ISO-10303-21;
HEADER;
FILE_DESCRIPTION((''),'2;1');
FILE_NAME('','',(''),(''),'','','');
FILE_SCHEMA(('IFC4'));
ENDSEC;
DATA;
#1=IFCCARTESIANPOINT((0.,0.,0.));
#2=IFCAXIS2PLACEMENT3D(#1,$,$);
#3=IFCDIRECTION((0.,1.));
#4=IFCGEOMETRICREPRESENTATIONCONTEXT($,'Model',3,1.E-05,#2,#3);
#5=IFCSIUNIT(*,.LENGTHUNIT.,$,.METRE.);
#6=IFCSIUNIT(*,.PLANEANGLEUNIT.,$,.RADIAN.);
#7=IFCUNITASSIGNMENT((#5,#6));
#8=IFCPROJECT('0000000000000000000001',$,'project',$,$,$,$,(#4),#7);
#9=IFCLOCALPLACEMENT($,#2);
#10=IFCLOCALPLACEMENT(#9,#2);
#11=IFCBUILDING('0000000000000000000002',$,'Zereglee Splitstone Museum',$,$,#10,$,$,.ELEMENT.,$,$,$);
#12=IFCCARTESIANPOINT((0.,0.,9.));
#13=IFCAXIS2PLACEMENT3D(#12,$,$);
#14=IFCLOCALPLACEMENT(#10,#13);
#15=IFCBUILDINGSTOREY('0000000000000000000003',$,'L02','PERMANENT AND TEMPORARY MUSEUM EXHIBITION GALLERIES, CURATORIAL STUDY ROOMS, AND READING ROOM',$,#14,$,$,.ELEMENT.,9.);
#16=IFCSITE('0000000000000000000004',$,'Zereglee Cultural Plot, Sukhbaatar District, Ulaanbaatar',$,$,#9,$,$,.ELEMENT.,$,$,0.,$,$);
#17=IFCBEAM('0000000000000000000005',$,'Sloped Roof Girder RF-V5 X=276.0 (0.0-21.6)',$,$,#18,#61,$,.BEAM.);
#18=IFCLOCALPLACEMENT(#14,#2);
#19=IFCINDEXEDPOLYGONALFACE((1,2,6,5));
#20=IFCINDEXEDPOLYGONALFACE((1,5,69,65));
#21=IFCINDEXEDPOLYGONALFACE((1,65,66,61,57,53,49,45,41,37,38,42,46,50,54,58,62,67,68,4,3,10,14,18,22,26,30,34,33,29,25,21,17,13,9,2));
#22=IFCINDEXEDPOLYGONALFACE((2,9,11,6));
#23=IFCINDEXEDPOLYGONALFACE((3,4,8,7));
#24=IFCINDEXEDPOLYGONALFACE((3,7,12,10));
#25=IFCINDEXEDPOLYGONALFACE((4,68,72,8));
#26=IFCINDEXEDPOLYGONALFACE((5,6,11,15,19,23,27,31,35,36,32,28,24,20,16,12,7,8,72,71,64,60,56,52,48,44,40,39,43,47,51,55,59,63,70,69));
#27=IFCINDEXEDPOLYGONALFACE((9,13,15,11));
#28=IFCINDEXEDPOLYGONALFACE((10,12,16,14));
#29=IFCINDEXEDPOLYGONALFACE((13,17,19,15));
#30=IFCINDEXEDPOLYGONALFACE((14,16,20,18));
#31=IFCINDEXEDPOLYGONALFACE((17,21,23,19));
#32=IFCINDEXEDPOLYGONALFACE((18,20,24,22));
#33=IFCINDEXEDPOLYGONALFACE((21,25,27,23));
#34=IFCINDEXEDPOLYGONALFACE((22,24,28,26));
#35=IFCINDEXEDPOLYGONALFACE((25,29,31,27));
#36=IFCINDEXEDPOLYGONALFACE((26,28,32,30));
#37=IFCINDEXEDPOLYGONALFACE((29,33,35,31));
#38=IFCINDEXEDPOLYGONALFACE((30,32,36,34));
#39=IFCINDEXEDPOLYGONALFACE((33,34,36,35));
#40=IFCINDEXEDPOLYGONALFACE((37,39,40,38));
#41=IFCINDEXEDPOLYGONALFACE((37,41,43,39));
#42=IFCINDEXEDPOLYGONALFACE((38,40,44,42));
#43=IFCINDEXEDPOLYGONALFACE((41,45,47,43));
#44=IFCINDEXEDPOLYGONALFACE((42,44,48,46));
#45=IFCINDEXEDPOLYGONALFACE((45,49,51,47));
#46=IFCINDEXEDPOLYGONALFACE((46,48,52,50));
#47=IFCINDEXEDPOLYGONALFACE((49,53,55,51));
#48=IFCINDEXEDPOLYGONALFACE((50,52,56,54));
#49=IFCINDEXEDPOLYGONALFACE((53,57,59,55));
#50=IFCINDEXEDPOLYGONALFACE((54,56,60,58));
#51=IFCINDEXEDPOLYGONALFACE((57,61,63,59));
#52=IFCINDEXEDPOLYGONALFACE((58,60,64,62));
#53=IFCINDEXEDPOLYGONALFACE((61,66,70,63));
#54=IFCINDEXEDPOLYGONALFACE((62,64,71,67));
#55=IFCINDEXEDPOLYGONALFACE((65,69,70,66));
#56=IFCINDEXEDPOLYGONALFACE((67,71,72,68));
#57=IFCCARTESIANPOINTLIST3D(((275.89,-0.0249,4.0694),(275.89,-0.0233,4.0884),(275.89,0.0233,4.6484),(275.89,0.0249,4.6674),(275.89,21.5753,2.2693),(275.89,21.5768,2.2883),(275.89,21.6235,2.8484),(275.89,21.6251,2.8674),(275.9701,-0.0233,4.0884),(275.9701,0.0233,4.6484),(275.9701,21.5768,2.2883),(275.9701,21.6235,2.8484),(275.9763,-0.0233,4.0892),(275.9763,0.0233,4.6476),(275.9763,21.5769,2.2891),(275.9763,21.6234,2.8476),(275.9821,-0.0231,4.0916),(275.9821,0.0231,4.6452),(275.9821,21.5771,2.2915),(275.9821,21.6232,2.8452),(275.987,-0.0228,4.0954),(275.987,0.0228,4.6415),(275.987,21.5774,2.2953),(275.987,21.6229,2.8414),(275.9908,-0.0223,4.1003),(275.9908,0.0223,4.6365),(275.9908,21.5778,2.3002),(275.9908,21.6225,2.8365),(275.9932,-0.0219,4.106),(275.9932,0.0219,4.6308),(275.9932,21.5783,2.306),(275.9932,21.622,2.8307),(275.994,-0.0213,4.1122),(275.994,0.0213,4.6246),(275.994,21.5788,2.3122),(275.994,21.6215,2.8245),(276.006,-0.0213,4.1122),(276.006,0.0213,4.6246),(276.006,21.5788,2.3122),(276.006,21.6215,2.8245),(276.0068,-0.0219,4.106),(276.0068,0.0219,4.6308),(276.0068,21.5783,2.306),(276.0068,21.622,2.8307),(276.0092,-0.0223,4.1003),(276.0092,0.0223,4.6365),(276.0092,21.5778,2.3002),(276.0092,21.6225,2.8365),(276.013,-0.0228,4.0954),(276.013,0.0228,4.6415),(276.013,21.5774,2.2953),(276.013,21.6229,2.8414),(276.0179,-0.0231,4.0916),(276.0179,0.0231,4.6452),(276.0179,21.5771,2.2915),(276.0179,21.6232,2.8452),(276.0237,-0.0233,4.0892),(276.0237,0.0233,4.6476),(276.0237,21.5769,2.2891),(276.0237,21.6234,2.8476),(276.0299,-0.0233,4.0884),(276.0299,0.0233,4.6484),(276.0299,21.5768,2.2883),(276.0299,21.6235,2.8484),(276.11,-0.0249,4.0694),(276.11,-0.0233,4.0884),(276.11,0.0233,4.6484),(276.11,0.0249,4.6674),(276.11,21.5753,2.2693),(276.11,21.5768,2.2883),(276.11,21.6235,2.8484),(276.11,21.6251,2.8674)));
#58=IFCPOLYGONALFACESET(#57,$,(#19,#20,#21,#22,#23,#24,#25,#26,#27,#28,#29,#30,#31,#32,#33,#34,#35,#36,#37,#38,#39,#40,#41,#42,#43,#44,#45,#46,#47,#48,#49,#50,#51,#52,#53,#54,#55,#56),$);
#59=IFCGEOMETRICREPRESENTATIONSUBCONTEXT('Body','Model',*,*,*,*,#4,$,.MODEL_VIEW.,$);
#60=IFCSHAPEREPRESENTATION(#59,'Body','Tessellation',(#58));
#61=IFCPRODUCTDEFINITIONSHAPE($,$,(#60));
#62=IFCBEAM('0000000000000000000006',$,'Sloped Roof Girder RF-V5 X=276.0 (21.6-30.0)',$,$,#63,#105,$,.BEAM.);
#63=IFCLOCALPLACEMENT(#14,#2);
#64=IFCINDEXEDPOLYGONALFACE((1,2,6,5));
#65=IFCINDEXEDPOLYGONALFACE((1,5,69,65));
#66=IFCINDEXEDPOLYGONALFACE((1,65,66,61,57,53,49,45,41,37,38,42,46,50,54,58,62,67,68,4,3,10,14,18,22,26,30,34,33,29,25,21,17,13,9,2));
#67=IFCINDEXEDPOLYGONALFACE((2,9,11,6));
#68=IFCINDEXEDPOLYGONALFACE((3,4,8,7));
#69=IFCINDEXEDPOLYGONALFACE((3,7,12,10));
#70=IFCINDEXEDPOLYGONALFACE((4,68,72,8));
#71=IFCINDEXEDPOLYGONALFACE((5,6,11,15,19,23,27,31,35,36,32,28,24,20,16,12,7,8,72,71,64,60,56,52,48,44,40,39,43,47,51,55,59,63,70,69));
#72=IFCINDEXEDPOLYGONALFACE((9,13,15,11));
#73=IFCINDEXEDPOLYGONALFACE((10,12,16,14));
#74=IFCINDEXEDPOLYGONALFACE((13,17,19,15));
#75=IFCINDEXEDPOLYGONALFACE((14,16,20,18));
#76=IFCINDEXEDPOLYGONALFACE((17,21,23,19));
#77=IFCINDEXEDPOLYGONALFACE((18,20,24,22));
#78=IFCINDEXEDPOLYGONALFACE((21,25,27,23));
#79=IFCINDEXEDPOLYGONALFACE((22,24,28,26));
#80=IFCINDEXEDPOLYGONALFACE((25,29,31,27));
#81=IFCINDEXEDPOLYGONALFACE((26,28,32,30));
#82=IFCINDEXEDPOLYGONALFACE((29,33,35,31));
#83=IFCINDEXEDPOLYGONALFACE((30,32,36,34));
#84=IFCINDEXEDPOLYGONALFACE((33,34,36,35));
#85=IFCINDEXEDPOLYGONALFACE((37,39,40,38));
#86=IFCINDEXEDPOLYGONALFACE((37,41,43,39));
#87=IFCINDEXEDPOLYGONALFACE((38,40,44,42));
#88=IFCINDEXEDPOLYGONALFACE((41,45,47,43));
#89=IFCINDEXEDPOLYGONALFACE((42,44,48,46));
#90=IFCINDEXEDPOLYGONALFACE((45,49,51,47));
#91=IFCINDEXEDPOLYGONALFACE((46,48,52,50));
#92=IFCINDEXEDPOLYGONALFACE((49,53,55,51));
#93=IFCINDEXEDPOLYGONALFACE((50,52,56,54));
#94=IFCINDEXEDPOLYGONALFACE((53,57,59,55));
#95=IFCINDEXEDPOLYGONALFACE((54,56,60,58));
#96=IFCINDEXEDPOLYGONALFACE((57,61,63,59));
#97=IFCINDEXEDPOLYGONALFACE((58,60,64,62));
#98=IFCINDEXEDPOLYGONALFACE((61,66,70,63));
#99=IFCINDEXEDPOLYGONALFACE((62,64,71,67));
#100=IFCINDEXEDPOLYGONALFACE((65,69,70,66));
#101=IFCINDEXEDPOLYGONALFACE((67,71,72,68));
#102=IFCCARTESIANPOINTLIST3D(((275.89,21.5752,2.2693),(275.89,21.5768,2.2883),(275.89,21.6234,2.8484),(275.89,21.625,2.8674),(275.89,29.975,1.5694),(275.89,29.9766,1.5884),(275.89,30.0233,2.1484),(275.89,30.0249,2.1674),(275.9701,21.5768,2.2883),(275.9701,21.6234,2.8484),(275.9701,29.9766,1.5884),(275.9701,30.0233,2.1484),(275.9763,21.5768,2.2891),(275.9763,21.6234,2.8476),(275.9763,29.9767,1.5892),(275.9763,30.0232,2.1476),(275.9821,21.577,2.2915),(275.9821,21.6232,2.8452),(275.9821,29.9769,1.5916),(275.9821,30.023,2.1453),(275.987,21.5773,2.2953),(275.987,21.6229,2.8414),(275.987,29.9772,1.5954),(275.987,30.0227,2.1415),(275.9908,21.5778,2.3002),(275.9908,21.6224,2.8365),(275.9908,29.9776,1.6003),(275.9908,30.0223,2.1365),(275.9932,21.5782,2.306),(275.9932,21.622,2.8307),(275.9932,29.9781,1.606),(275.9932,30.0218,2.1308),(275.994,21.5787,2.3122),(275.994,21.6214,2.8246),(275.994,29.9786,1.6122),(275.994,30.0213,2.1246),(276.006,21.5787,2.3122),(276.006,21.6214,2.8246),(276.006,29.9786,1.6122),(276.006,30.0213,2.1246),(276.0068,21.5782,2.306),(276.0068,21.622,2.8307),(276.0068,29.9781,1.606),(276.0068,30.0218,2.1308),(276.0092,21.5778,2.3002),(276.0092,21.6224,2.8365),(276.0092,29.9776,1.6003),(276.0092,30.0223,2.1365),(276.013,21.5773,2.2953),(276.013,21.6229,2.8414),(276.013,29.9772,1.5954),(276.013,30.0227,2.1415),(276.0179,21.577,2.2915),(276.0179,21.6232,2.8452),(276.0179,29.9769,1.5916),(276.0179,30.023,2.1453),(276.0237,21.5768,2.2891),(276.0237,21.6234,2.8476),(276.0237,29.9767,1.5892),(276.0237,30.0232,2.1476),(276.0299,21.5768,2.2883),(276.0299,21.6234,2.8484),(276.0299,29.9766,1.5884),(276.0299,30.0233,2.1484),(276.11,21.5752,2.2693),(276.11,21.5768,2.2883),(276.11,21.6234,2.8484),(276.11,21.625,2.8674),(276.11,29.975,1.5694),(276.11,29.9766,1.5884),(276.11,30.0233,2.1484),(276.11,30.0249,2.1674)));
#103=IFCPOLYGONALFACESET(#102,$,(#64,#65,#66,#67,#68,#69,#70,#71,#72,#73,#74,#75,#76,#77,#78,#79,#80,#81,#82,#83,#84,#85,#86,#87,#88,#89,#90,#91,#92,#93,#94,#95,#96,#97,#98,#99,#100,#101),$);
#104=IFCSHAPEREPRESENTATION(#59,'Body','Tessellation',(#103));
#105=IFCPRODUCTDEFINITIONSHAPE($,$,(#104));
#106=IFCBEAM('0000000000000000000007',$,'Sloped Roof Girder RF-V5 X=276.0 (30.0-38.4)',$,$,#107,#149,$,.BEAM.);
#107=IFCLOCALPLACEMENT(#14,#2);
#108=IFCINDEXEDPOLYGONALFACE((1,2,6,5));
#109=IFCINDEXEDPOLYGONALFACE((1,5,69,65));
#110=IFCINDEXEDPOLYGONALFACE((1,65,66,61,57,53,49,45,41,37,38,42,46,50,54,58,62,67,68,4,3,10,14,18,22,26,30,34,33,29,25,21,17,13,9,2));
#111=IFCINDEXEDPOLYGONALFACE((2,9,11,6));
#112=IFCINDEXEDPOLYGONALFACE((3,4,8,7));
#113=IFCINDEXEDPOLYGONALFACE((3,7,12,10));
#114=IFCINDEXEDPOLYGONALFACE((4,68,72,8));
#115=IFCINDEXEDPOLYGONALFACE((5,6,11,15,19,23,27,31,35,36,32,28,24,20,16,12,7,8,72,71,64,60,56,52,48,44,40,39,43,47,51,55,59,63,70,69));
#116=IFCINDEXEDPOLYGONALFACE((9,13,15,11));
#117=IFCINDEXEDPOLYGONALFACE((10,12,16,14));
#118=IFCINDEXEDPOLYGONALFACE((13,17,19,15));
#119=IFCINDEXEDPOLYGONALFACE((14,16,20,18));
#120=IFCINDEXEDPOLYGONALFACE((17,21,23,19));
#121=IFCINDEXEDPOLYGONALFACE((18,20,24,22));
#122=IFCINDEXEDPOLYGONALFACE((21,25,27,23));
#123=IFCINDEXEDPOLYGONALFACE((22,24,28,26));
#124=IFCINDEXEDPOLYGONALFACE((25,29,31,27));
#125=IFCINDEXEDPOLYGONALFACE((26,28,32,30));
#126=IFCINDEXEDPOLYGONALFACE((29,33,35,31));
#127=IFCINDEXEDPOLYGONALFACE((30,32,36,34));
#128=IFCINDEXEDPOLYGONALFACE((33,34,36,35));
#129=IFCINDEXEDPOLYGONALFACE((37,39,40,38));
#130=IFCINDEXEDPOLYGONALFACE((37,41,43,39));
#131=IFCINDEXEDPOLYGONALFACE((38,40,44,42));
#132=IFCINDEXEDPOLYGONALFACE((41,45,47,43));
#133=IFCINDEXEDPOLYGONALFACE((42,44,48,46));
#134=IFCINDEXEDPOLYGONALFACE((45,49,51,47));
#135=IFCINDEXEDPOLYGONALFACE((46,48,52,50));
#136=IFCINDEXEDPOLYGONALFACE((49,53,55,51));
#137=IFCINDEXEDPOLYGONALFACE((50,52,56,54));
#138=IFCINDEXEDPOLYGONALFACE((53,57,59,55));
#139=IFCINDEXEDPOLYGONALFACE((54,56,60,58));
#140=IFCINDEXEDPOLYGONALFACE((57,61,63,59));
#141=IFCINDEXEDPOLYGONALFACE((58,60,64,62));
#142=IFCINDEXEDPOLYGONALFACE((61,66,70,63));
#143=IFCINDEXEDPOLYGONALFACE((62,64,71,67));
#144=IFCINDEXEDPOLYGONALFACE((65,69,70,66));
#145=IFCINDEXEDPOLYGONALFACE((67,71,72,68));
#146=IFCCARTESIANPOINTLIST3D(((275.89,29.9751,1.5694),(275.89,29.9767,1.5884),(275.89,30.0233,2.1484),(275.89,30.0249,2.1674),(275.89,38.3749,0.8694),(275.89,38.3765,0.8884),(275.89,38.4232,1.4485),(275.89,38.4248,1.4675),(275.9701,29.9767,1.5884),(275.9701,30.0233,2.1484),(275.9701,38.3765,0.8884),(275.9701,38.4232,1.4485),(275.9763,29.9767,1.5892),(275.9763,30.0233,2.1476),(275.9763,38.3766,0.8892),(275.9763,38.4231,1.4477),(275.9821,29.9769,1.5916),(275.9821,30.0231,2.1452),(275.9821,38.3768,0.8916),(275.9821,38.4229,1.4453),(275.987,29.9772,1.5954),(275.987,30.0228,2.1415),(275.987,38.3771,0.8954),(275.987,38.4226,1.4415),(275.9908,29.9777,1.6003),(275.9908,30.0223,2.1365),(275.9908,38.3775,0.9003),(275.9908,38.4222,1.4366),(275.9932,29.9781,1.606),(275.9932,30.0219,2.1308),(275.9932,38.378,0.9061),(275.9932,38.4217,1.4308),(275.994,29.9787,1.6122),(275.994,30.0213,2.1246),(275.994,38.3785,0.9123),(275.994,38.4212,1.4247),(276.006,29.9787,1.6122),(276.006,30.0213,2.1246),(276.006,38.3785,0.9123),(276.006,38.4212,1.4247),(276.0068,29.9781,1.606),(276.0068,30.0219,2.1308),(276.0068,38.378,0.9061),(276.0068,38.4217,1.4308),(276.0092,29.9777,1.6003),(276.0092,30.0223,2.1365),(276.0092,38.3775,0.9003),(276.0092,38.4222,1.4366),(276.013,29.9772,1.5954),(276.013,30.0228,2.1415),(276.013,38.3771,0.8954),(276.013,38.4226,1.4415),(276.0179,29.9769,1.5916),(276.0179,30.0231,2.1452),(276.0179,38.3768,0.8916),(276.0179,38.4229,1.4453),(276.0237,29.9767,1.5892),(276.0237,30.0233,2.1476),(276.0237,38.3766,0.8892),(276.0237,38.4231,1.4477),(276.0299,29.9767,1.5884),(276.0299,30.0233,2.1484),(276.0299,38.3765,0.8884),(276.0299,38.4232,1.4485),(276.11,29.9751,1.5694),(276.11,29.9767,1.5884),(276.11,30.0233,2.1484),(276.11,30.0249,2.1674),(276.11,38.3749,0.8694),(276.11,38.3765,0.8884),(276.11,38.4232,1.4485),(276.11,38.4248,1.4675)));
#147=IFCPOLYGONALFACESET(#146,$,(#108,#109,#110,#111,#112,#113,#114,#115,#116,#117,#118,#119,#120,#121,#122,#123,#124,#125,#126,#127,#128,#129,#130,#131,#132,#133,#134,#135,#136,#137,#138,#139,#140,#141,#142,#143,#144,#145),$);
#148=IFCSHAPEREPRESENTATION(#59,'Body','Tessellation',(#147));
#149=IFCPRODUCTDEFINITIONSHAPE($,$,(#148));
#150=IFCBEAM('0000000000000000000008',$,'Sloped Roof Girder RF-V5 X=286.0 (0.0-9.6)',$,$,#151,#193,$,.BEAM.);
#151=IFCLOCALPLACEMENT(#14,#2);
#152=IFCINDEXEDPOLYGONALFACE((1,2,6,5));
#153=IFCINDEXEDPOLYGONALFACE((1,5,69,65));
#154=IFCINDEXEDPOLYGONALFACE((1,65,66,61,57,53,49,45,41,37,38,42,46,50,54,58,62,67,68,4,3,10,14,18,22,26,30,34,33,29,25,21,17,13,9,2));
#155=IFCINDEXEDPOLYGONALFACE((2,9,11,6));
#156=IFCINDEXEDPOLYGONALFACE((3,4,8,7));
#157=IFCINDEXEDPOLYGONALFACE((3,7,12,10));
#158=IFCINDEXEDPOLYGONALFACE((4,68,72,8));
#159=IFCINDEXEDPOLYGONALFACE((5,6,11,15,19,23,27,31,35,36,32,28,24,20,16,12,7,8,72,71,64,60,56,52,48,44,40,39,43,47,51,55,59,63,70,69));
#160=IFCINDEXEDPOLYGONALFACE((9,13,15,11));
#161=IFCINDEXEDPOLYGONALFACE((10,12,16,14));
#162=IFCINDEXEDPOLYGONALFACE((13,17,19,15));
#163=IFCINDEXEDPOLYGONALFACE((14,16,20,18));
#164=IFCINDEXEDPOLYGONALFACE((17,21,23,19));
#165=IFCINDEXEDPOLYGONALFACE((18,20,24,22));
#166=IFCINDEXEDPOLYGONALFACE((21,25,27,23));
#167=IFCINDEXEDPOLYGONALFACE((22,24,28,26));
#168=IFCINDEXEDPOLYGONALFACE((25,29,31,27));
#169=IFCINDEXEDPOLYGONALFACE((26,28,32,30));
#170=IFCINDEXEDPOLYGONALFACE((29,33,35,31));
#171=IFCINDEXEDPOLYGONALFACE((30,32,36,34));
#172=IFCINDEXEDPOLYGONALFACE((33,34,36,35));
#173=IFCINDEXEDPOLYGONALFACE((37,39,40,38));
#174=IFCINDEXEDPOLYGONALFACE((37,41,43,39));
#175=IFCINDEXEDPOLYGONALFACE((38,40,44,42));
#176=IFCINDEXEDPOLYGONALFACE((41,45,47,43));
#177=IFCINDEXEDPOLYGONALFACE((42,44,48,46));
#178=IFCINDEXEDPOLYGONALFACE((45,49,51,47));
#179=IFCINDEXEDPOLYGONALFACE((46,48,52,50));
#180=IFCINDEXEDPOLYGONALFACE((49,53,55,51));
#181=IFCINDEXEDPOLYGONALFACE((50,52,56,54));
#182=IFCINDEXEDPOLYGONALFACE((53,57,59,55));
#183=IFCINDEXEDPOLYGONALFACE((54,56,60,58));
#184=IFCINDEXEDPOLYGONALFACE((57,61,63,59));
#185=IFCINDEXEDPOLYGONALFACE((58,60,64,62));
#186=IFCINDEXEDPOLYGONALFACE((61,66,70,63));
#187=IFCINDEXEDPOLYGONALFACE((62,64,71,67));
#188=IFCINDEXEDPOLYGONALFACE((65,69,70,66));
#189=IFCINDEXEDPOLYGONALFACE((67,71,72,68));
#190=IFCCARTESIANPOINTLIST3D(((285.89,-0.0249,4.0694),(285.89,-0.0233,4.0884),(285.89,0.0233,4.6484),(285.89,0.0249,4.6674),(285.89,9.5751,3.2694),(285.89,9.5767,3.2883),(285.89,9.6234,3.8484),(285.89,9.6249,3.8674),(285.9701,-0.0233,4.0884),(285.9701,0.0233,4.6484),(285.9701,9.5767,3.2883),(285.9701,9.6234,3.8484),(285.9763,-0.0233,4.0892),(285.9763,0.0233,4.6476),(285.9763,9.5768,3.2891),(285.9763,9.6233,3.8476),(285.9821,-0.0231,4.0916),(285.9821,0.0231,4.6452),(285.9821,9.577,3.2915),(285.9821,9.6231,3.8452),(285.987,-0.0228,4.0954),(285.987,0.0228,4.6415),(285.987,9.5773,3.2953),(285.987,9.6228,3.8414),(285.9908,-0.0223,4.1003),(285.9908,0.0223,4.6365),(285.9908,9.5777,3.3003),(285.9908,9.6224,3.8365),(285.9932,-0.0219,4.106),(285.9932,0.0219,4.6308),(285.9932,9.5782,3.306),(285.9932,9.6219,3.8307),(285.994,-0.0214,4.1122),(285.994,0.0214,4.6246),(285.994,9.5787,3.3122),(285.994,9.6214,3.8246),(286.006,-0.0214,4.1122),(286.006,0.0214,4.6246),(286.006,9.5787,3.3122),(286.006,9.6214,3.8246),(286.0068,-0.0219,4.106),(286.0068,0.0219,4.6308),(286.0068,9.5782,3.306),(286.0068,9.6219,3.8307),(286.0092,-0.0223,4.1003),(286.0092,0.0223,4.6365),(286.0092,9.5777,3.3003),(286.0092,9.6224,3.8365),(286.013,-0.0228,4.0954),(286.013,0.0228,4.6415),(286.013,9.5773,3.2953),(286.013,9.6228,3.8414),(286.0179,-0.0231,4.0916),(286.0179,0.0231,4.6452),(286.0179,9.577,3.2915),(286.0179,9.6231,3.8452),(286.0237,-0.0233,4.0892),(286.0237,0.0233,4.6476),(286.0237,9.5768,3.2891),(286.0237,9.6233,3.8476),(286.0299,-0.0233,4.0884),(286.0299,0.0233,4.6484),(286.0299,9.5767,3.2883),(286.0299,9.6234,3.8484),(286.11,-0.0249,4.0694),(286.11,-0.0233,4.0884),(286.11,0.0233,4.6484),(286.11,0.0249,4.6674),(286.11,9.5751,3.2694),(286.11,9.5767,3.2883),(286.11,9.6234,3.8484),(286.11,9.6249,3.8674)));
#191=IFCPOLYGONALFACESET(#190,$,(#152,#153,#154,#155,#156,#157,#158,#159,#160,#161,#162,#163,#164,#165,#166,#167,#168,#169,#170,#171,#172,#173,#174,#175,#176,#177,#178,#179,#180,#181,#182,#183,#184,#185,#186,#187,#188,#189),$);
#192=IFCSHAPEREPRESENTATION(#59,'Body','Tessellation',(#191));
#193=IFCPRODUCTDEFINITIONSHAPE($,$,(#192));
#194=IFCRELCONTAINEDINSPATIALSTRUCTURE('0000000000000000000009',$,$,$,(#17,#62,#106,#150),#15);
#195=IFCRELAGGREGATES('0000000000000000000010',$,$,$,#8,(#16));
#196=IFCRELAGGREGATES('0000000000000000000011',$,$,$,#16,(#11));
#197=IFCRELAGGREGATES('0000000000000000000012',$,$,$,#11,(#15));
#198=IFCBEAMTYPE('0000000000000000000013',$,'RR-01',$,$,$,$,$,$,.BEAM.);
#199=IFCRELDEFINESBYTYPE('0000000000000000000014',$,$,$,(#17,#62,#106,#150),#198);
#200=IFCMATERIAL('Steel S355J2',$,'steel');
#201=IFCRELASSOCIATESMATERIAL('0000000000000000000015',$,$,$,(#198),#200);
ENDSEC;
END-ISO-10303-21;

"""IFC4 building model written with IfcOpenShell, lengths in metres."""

from ifc_helpers import new_model, si_unit, direction, frame, origin, origin_2d, place, context, subcontext, project, spatial, i_section, extrude, material, material_profile, profile_set, type_object, element, save


model = new_model("IFC4")

# Units and contexts
model_context = context("Model", 3, precision=1e-05, world=origin(), true_north=direction((0.0, 1.0)))
body_context = subcontext(model_context, "Body", "Model", "MODEL_VIEW")
ifc_project = project(units=[si_unit("LENGTHUNIT", "METRE"), si_unit("PLANEANGLEUNIT", "RADIAN")], contexts=[model_context])

# Site, building, storey
site_placement = place(None, origin())
site = spatial("IfcSite", under=ifc_project, at=site_placement, Name="Zereglee Cultural Plot, Sukhbaatar District, Ulaanbaatar", CompositionType="ELEMENT", RefElevation=0.0)
building_placement = place(site_placement, origin())
building = spatial("IfcBuilding", under=site, at=building_placement, Name="Zereglee Splitstone Museum", CompositionType="ELEMENT")
storey_placement = place(building_placement, frame((0.0, 0.0, 9.0)))
storey = spatial("IfcBuildingStorey", under=building, at=storey_placement, Name="L02", Description="PERMANENT AND TEMPORARY MUSEUM EXHIBITION GALLERIES, CURATORIAL STUDY ROOMS, AND READING ROOM", CompositionType="ELEMENT", Elevation=9.0)

# Shared definitions
ifc_material_1 = material(Name="Steel S355J2", Category="steel")

# Beams
ifc_material_profile_1 = material_profile(ifc_material_1, i_section(OverallWidth=0.22, OverallDepth=0.6001, WebThickness=0.012, FlangeThickness=0.019, FilletRadius=0.0239, at=origin_2d()), Name="IPE 600")
ifc_profile_set_1 = profile_set([ifc_material_profile_1], Name="Steel S355J2")
beam_type_1 = type_object("IfcBeamType", Name="RR-01", PredefinedType="BEAM", material=ifc_profile_set_1)
beam_1_placement = place(storey_placement, frame((276.0, 0.0, 4.3684), z_axis=(0.0, 0.996546, -0.083047), x_axis=(-1.0, 0.0, 0.0)))
element("IfcBeam", 1, at=beam_1_placement, inside=storey, type_object=beam_type_1, Name="Sloped Roof Girder RF-V5 X=276.0 (0.0-21.6)", PredefinedType="BEAM", context=body_context, shape_type="SweptSolid", body=[
    extrude(i_section(OverallWidth=0.22, OverallDepth=0.6001, WebThickness=0.012, FlangeThickness=0.019, FilletRadius=0.0239, at=origin_2d()), origin(), (0.0, 0.0, 1.0), 21.675),
])
for number, where, z_axis, x_axis, name in (
    (2, (276.0, 21.6001, 2.5684), (0.0, 0.996546, -0.083041), (-1.0, 0.0, 0.0), "Sloped Roof Girder RF-V5 X=276.0 (21.6-30.0)"),
    (3, (276.0, 30.0, 1.8684), (0.0, 0.996546, -0.083041), (-1.0, 0.0, 0.0), "Sloped Roof Girder RF-V5 X=276.0 (30.0-38.4)"),
):
    element("IfcBeam", number, at=place(storey_placement, frame(where, z_axis=z_axis, x_axis=x_axis)), inside=storey, type_object=beam_type_1, Name=name, PredefinedType="BEAM", context=body_context, shape_type="SweptSolid", body=[
        extrude(i_section(OverallWidth=0.22, OverallDepth=0.6001, WebThickness=0.012, FlangeThickness=0.019, FilletRadius=0.0239, at=origin_2d()), origin(), (0.0, 0.0, 1.0), 8.429),
    ])
beam_2_placement = place(storey_placement, frame((286.0, 0.0, 4.3684), z_axis=(0.0, 0.996545, -0.08305), x_axis=(-1.0, 0.0, 0.0)))
element("IfcBeam", 4, at=beam_2_placement, inside=storey, type_object=beam_type_1, Name="Sloped Roof Girder RF-V5 X=286.0 (0.0-9.6)", PredefinedType="BEAM", context=body_context, shape_type="SweptSolid", body=[
    extrude(i_section(OverallWidth=0.22, OverallDepth=0.6001, WebThickness=0.012, FlangeThickness=0.019, FilletRadius=0.0239, at=origin_2d()), origin(), (0.0, 0.0, 1.0), 9.6333),
])

save(model, "model.ifc")
